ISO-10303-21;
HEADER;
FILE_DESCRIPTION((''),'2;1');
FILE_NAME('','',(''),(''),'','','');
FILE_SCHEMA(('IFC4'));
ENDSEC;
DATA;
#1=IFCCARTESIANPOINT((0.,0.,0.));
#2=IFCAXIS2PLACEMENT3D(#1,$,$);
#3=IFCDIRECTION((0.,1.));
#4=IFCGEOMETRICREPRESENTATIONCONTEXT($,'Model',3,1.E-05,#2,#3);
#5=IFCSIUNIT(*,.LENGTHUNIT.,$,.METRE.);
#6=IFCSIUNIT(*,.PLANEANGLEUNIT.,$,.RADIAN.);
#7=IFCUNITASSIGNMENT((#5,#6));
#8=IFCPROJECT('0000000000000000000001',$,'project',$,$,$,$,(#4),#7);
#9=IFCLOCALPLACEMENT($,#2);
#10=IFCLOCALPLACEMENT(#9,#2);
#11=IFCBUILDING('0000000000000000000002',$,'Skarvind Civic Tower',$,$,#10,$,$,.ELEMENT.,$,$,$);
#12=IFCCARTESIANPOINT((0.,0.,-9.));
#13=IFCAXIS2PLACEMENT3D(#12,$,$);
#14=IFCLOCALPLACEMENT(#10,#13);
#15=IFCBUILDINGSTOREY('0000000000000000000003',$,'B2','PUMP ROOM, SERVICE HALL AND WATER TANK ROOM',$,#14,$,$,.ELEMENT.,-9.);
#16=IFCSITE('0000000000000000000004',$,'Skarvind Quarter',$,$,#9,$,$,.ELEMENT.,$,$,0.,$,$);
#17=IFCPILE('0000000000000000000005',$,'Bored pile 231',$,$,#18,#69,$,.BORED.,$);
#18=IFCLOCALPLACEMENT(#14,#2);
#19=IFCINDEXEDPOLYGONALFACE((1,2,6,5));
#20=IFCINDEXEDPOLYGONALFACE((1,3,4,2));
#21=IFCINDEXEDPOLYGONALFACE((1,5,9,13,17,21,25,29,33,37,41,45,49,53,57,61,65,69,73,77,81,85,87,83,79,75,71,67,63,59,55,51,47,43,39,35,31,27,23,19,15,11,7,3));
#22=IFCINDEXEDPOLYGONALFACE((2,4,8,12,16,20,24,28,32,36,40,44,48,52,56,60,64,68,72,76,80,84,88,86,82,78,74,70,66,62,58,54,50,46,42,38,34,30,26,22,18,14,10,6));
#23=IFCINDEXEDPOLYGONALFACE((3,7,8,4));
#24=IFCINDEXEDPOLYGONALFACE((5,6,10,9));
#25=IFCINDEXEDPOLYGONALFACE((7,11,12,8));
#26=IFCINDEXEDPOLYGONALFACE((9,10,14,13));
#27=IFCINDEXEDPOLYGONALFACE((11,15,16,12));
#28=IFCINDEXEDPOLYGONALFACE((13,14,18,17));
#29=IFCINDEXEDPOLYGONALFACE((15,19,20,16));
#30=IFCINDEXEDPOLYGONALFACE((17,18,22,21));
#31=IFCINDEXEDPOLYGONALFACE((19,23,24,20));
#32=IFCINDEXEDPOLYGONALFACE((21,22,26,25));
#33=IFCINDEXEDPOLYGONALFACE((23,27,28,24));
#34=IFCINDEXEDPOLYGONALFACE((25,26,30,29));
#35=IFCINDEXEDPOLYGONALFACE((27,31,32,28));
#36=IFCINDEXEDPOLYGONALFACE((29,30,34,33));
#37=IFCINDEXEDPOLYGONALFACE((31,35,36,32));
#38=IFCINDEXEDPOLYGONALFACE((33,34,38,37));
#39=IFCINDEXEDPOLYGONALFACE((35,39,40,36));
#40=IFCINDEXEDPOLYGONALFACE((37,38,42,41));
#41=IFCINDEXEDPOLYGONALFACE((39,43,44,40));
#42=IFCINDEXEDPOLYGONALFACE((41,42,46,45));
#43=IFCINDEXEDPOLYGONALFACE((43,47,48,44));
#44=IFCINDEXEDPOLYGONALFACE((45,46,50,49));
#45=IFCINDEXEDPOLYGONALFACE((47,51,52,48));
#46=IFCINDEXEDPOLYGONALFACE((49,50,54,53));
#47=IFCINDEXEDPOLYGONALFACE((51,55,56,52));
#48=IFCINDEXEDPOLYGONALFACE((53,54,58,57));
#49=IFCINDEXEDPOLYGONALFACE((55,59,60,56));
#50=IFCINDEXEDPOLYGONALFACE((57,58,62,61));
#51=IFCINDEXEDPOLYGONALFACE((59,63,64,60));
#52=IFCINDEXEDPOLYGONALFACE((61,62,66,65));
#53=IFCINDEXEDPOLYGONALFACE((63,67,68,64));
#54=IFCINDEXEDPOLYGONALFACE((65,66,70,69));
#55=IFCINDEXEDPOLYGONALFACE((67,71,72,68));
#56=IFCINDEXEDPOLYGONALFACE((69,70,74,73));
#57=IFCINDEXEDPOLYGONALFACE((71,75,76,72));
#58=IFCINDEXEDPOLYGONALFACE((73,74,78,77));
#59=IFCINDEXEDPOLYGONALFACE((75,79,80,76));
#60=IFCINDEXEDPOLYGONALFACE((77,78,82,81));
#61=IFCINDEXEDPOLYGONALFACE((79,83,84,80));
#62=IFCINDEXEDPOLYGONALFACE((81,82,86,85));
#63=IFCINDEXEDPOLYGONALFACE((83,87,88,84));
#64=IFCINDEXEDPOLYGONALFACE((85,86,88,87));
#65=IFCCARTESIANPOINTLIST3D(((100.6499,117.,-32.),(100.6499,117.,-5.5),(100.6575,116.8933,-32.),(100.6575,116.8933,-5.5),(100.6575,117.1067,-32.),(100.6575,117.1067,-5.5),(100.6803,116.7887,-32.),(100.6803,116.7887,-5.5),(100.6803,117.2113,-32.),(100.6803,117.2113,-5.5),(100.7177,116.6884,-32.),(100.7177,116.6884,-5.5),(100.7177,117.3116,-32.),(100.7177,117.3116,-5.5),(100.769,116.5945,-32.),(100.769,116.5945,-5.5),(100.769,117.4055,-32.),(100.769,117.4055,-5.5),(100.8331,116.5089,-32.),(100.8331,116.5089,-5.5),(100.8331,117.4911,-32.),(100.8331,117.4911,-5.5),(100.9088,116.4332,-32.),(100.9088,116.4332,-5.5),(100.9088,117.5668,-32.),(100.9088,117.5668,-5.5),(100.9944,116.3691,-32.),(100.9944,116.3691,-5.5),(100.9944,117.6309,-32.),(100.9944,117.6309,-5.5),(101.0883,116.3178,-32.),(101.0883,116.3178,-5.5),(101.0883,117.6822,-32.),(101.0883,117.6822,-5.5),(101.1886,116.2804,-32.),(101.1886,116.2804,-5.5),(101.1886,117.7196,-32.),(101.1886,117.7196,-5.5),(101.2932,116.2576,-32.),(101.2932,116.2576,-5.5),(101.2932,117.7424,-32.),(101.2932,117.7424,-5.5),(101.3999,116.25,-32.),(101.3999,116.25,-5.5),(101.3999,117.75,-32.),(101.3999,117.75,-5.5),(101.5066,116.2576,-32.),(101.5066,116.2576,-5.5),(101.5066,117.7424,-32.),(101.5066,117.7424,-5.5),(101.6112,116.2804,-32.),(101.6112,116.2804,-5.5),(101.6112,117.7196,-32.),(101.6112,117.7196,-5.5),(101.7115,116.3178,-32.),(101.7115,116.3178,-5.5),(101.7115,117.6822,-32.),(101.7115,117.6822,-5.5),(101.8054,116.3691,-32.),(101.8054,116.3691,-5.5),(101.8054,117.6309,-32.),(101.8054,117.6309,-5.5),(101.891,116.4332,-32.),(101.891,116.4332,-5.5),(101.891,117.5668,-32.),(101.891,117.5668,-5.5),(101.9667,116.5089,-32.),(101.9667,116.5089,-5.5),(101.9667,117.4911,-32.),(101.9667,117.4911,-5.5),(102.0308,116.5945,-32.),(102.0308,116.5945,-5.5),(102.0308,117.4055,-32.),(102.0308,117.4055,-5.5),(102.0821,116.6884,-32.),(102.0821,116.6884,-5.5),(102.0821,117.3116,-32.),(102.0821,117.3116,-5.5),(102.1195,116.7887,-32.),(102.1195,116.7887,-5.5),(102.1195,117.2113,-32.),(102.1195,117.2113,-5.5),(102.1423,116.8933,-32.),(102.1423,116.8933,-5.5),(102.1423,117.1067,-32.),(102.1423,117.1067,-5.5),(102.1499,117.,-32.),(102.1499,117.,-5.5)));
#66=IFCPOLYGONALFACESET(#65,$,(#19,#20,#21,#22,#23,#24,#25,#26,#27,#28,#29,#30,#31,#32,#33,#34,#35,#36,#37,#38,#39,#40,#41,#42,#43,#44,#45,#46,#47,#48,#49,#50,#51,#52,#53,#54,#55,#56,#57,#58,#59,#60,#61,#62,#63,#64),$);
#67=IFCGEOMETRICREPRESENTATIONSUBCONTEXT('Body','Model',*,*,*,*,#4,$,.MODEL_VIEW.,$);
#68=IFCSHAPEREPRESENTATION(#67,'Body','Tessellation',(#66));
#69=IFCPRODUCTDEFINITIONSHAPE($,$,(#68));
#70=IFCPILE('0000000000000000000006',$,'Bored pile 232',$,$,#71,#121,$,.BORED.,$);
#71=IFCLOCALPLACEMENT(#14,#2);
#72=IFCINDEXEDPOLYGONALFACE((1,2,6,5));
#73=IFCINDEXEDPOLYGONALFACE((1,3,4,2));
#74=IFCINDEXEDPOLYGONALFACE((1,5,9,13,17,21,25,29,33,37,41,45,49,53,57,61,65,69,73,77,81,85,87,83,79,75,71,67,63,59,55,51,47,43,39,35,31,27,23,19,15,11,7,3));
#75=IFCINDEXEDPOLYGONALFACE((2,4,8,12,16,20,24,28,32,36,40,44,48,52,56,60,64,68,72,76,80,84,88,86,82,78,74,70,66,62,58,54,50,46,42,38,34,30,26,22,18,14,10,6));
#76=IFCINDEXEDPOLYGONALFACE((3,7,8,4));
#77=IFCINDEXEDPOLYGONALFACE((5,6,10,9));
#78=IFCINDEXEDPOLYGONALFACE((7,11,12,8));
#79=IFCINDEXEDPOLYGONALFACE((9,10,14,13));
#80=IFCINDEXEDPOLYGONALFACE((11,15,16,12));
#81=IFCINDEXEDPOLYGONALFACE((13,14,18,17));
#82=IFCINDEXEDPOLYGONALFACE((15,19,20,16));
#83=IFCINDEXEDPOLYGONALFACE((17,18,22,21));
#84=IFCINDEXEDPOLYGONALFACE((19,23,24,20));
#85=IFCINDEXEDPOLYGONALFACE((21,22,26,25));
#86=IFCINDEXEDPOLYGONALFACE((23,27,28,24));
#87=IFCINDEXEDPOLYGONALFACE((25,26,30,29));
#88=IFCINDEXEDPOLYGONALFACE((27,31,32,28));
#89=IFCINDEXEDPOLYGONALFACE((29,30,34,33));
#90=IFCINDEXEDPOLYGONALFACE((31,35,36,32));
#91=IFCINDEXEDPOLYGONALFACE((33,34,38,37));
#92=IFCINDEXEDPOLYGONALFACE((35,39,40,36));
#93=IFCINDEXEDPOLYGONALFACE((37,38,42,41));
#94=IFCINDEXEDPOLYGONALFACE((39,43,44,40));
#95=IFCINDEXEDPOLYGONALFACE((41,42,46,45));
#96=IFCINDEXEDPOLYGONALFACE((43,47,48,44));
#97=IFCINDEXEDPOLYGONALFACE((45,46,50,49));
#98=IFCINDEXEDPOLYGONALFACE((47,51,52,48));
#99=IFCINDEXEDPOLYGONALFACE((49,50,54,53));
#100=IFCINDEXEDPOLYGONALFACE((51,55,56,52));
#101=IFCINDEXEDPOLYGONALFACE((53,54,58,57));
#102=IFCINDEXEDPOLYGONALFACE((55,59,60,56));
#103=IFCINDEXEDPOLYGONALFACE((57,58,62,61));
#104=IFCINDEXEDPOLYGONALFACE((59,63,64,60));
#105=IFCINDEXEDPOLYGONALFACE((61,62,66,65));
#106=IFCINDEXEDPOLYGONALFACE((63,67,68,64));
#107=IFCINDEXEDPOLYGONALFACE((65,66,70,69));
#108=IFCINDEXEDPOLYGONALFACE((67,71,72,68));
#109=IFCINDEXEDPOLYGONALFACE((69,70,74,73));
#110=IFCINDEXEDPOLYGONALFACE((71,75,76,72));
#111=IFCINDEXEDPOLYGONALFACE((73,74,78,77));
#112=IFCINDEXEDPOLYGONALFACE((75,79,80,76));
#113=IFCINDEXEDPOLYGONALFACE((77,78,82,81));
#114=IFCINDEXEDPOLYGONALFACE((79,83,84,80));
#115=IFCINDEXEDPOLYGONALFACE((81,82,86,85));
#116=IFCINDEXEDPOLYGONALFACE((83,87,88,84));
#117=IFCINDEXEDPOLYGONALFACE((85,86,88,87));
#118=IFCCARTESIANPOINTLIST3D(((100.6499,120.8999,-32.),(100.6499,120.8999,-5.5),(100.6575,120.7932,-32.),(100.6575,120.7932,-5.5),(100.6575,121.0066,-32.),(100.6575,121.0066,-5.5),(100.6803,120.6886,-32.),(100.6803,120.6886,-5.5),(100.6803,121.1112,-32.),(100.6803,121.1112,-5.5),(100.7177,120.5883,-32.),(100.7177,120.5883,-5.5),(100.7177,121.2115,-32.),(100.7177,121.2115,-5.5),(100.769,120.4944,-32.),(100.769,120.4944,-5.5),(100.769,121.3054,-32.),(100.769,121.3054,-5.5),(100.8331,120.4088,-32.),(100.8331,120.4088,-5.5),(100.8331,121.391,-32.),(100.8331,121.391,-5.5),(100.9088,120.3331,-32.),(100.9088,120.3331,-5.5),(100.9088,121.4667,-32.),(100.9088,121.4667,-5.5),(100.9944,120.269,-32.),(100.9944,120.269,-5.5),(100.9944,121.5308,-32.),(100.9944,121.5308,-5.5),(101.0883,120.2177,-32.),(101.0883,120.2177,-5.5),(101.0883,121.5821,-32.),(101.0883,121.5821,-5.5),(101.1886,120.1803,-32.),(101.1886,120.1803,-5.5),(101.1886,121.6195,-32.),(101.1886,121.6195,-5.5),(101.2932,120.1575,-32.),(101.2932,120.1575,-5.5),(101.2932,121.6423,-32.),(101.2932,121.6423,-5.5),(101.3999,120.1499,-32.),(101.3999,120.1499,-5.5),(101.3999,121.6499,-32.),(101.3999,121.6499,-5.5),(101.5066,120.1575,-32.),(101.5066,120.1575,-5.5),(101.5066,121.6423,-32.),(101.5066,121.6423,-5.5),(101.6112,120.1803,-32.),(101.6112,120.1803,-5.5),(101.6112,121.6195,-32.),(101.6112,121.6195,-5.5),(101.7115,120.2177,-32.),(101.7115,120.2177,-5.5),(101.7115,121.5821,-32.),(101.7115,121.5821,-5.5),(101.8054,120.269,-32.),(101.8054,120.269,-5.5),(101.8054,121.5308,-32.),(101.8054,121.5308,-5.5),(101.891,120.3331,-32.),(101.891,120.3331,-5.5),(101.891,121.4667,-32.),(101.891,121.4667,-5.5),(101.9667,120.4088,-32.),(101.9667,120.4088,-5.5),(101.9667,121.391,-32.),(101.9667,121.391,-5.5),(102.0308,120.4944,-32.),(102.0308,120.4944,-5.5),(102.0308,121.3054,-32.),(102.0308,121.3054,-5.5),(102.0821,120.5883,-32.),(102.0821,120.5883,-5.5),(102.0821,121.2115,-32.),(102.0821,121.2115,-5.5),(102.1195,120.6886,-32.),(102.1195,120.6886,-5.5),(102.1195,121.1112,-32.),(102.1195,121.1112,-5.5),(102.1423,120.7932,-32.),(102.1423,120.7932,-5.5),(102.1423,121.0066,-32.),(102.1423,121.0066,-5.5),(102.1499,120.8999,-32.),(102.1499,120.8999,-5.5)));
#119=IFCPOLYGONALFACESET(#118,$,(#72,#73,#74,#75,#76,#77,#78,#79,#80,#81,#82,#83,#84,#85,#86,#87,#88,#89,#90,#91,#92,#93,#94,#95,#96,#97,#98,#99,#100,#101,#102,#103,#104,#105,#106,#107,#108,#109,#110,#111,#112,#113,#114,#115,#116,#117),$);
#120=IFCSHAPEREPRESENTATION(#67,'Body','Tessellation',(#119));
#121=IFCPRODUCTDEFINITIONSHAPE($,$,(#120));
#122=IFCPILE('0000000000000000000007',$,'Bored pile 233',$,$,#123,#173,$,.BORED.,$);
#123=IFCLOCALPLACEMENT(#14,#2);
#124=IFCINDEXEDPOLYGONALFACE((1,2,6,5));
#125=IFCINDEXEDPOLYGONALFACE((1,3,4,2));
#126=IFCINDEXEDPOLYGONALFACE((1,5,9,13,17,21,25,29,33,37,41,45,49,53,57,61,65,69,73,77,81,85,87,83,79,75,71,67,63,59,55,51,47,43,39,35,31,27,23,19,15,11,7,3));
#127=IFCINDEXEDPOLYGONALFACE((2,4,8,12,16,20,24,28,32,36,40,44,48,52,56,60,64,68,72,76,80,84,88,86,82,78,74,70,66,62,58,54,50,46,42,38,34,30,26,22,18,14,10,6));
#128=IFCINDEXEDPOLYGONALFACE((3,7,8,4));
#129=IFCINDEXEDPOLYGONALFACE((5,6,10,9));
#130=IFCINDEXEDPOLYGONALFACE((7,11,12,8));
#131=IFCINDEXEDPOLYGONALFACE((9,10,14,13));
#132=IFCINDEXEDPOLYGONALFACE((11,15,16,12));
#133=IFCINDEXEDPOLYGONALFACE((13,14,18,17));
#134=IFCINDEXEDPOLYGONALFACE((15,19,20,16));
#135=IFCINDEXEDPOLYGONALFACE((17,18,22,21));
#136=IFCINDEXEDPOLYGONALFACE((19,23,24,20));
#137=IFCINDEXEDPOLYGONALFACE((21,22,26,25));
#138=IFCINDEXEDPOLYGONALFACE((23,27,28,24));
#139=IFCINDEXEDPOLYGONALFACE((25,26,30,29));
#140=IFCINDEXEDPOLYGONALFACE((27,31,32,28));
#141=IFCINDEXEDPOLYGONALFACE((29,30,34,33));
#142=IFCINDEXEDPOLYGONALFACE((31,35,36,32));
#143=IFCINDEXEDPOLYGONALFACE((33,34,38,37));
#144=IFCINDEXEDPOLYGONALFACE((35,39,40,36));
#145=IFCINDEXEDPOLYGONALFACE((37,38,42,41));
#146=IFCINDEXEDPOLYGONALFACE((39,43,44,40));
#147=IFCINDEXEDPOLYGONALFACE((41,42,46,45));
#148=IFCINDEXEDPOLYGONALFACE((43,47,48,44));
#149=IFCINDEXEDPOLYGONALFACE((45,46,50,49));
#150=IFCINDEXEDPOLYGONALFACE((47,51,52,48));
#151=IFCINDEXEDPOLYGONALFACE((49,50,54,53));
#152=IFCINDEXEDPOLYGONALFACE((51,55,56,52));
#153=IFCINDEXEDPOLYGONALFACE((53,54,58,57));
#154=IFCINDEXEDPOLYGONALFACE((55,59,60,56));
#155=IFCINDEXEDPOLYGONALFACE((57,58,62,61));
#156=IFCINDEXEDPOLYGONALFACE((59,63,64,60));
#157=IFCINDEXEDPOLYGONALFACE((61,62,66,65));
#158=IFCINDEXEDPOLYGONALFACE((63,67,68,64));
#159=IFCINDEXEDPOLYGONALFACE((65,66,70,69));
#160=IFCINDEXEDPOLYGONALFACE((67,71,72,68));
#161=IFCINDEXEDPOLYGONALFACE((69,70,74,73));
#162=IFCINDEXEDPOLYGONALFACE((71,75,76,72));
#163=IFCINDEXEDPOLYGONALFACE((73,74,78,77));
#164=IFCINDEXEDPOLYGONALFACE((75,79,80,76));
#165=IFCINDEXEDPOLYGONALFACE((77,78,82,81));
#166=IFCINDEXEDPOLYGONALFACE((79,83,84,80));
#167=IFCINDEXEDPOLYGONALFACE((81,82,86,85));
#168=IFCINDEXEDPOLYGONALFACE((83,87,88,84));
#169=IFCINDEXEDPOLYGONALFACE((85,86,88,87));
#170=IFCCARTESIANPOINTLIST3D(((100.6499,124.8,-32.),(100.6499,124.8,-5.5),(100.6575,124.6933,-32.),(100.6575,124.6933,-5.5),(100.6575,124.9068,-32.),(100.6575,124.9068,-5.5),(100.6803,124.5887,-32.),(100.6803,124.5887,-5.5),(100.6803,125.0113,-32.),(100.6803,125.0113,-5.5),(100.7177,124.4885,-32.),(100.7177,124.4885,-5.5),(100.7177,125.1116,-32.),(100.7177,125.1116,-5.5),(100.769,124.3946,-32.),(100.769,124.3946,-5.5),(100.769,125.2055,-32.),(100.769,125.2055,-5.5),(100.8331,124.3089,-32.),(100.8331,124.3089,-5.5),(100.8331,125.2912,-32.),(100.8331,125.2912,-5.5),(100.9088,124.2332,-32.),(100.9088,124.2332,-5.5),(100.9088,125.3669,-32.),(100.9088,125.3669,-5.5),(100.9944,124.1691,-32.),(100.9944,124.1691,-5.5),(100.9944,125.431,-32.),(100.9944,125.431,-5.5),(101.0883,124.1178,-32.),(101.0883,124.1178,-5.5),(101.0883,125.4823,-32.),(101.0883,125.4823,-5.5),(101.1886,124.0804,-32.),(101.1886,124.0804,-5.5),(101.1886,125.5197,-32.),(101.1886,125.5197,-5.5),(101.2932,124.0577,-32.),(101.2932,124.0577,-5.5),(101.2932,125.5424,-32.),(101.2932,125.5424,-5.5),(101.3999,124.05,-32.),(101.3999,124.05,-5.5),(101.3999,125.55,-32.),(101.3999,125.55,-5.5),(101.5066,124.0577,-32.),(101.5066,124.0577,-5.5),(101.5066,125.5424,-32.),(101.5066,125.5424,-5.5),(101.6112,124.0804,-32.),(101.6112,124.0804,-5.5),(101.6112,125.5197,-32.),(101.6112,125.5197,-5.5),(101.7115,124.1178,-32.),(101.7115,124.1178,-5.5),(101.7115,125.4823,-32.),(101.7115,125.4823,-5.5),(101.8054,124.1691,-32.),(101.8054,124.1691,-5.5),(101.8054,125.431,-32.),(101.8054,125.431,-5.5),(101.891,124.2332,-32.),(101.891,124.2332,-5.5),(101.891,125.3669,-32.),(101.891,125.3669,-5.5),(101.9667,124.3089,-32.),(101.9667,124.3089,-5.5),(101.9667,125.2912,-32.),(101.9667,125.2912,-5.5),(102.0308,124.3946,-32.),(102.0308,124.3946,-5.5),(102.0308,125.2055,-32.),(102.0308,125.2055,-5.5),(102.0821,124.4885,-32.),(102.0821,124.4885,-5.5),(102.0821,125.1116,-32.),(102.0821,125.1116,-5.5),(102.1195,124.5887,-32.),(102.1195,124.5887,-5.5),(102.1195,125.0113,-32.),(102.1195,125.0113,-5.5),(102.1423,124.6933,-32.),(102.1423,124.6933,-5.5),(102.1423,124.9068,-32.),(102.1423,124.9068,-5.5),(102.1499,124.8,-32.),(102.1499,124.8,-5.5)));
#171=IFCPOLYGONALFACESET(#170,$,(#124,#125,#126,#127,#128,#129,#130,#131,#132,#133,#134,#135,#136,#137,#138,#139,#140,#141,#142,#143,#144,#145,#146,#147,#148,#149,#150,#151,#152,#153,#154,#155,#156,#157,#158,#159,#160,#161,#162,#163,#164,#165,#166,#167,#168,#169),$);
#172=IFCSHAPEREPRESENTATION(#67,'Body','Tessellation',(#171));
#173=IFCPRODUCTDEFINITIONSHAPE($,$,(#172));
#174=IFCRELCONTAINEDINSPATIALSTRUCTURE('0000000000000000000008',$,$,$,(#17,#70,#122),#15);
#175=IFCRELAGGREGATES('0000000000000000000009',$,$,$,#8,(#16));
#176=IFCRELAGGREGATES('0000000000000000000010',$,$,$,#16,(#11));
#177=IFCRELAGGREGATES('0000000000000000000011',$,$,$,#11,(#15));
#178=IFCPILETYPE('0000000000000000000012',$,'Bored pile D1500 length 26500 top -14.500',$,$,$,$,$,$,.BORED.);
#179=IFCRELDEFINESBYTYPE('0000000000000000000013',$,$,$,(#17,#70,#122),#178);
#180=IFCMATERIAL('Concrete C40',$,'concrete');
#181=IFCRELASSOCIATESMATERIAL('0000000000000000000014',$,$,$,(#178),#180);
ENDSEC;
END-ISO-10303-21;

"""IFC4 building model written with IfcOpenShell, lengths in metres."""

from ifc_helpers import new_model, si_unit, direction, frame, origin, origin_2d, place, context, subcontext, project, spatial, circle, extrude, material, type_object, element, save


model = new_model("IFC4")

# Units and contexts
model_context = context("Model", 3, precision=1e-05, world=origin(), true_north=direction((0.0, 1.0)))
body_context = subcontext(model_context, "Body", "Model", "MODEL_VIEW")
ifc_project = project(units=[si_unit("LENGTHUNIT", "METRE"), si_unit("PLANEANGLEUNIT", "RADIAN")], contexts=[model_context])

# Site, building, storey
site_placement = place(None, origin())
site = spatial("IfcSite", under=ifc_project, at=site_placement, Name="Skarvind Quarter", CompositionType="ELEMENT", RefElevation=0.0)
building_placement = place(site_placement, origin())
building = spatial("IfcBuilding", under=site, at=building_placement, Name="Skarvind Civic Tower", CompositionType="ELEMENT")
storey_placement = place(building_placement, frame((0.0, 0.0, -9.0)))
storey = spatial("IfcBuildingStorey", under=building, at=storey_placement, Name="B2", Description="PUMP ROOM, SERVICE HALL AND WATER TANK ROOM", CompositionType="ELEMENT", Elevation=-9.0)

# Piles
ifc_material_1 = material(Name="Concrete C40", Category="concrete")
pile_type_1 = type_object("IfcPileType", Name="Bored pile D1500 length 26500 top -14.500", PredefinedType="BORED", material=ifc_material_1)
for number, where, z_axis, x_axis, name in (
    (1, (101.3999, 117.0, -5.5), (0.0, 0.0, -1.0), (1.0, 0.0, 0.0), "Bored pile 231"),
    (2, (101.3999, 120.8999, -5.5), (0.0, 0.0, -1.0), (1.0, 0.0, 0.0), "Bored pile 232"),
    (3, (101.3999, 124.8, -5.5), (0.0, 0.0, -1.0), (1.0, 0.0, 0.0), "Bored pile 233"),
):
    element("IfcPile", number, at=place(storey_placement, frame(where, z_axis=z_axis, x_axis=x_axis)), inside=storey, type_object=pile_type_1, Name=name, PredefinedType="BORED", context=body_context, shape_type="SweptSolid", body=[
        extrude(circle(Radius=0.75, at=origin_2d()), origin(), (0.0, 0.0, 1.0), 26.5),
    ])

save(model, "model.ifc")
